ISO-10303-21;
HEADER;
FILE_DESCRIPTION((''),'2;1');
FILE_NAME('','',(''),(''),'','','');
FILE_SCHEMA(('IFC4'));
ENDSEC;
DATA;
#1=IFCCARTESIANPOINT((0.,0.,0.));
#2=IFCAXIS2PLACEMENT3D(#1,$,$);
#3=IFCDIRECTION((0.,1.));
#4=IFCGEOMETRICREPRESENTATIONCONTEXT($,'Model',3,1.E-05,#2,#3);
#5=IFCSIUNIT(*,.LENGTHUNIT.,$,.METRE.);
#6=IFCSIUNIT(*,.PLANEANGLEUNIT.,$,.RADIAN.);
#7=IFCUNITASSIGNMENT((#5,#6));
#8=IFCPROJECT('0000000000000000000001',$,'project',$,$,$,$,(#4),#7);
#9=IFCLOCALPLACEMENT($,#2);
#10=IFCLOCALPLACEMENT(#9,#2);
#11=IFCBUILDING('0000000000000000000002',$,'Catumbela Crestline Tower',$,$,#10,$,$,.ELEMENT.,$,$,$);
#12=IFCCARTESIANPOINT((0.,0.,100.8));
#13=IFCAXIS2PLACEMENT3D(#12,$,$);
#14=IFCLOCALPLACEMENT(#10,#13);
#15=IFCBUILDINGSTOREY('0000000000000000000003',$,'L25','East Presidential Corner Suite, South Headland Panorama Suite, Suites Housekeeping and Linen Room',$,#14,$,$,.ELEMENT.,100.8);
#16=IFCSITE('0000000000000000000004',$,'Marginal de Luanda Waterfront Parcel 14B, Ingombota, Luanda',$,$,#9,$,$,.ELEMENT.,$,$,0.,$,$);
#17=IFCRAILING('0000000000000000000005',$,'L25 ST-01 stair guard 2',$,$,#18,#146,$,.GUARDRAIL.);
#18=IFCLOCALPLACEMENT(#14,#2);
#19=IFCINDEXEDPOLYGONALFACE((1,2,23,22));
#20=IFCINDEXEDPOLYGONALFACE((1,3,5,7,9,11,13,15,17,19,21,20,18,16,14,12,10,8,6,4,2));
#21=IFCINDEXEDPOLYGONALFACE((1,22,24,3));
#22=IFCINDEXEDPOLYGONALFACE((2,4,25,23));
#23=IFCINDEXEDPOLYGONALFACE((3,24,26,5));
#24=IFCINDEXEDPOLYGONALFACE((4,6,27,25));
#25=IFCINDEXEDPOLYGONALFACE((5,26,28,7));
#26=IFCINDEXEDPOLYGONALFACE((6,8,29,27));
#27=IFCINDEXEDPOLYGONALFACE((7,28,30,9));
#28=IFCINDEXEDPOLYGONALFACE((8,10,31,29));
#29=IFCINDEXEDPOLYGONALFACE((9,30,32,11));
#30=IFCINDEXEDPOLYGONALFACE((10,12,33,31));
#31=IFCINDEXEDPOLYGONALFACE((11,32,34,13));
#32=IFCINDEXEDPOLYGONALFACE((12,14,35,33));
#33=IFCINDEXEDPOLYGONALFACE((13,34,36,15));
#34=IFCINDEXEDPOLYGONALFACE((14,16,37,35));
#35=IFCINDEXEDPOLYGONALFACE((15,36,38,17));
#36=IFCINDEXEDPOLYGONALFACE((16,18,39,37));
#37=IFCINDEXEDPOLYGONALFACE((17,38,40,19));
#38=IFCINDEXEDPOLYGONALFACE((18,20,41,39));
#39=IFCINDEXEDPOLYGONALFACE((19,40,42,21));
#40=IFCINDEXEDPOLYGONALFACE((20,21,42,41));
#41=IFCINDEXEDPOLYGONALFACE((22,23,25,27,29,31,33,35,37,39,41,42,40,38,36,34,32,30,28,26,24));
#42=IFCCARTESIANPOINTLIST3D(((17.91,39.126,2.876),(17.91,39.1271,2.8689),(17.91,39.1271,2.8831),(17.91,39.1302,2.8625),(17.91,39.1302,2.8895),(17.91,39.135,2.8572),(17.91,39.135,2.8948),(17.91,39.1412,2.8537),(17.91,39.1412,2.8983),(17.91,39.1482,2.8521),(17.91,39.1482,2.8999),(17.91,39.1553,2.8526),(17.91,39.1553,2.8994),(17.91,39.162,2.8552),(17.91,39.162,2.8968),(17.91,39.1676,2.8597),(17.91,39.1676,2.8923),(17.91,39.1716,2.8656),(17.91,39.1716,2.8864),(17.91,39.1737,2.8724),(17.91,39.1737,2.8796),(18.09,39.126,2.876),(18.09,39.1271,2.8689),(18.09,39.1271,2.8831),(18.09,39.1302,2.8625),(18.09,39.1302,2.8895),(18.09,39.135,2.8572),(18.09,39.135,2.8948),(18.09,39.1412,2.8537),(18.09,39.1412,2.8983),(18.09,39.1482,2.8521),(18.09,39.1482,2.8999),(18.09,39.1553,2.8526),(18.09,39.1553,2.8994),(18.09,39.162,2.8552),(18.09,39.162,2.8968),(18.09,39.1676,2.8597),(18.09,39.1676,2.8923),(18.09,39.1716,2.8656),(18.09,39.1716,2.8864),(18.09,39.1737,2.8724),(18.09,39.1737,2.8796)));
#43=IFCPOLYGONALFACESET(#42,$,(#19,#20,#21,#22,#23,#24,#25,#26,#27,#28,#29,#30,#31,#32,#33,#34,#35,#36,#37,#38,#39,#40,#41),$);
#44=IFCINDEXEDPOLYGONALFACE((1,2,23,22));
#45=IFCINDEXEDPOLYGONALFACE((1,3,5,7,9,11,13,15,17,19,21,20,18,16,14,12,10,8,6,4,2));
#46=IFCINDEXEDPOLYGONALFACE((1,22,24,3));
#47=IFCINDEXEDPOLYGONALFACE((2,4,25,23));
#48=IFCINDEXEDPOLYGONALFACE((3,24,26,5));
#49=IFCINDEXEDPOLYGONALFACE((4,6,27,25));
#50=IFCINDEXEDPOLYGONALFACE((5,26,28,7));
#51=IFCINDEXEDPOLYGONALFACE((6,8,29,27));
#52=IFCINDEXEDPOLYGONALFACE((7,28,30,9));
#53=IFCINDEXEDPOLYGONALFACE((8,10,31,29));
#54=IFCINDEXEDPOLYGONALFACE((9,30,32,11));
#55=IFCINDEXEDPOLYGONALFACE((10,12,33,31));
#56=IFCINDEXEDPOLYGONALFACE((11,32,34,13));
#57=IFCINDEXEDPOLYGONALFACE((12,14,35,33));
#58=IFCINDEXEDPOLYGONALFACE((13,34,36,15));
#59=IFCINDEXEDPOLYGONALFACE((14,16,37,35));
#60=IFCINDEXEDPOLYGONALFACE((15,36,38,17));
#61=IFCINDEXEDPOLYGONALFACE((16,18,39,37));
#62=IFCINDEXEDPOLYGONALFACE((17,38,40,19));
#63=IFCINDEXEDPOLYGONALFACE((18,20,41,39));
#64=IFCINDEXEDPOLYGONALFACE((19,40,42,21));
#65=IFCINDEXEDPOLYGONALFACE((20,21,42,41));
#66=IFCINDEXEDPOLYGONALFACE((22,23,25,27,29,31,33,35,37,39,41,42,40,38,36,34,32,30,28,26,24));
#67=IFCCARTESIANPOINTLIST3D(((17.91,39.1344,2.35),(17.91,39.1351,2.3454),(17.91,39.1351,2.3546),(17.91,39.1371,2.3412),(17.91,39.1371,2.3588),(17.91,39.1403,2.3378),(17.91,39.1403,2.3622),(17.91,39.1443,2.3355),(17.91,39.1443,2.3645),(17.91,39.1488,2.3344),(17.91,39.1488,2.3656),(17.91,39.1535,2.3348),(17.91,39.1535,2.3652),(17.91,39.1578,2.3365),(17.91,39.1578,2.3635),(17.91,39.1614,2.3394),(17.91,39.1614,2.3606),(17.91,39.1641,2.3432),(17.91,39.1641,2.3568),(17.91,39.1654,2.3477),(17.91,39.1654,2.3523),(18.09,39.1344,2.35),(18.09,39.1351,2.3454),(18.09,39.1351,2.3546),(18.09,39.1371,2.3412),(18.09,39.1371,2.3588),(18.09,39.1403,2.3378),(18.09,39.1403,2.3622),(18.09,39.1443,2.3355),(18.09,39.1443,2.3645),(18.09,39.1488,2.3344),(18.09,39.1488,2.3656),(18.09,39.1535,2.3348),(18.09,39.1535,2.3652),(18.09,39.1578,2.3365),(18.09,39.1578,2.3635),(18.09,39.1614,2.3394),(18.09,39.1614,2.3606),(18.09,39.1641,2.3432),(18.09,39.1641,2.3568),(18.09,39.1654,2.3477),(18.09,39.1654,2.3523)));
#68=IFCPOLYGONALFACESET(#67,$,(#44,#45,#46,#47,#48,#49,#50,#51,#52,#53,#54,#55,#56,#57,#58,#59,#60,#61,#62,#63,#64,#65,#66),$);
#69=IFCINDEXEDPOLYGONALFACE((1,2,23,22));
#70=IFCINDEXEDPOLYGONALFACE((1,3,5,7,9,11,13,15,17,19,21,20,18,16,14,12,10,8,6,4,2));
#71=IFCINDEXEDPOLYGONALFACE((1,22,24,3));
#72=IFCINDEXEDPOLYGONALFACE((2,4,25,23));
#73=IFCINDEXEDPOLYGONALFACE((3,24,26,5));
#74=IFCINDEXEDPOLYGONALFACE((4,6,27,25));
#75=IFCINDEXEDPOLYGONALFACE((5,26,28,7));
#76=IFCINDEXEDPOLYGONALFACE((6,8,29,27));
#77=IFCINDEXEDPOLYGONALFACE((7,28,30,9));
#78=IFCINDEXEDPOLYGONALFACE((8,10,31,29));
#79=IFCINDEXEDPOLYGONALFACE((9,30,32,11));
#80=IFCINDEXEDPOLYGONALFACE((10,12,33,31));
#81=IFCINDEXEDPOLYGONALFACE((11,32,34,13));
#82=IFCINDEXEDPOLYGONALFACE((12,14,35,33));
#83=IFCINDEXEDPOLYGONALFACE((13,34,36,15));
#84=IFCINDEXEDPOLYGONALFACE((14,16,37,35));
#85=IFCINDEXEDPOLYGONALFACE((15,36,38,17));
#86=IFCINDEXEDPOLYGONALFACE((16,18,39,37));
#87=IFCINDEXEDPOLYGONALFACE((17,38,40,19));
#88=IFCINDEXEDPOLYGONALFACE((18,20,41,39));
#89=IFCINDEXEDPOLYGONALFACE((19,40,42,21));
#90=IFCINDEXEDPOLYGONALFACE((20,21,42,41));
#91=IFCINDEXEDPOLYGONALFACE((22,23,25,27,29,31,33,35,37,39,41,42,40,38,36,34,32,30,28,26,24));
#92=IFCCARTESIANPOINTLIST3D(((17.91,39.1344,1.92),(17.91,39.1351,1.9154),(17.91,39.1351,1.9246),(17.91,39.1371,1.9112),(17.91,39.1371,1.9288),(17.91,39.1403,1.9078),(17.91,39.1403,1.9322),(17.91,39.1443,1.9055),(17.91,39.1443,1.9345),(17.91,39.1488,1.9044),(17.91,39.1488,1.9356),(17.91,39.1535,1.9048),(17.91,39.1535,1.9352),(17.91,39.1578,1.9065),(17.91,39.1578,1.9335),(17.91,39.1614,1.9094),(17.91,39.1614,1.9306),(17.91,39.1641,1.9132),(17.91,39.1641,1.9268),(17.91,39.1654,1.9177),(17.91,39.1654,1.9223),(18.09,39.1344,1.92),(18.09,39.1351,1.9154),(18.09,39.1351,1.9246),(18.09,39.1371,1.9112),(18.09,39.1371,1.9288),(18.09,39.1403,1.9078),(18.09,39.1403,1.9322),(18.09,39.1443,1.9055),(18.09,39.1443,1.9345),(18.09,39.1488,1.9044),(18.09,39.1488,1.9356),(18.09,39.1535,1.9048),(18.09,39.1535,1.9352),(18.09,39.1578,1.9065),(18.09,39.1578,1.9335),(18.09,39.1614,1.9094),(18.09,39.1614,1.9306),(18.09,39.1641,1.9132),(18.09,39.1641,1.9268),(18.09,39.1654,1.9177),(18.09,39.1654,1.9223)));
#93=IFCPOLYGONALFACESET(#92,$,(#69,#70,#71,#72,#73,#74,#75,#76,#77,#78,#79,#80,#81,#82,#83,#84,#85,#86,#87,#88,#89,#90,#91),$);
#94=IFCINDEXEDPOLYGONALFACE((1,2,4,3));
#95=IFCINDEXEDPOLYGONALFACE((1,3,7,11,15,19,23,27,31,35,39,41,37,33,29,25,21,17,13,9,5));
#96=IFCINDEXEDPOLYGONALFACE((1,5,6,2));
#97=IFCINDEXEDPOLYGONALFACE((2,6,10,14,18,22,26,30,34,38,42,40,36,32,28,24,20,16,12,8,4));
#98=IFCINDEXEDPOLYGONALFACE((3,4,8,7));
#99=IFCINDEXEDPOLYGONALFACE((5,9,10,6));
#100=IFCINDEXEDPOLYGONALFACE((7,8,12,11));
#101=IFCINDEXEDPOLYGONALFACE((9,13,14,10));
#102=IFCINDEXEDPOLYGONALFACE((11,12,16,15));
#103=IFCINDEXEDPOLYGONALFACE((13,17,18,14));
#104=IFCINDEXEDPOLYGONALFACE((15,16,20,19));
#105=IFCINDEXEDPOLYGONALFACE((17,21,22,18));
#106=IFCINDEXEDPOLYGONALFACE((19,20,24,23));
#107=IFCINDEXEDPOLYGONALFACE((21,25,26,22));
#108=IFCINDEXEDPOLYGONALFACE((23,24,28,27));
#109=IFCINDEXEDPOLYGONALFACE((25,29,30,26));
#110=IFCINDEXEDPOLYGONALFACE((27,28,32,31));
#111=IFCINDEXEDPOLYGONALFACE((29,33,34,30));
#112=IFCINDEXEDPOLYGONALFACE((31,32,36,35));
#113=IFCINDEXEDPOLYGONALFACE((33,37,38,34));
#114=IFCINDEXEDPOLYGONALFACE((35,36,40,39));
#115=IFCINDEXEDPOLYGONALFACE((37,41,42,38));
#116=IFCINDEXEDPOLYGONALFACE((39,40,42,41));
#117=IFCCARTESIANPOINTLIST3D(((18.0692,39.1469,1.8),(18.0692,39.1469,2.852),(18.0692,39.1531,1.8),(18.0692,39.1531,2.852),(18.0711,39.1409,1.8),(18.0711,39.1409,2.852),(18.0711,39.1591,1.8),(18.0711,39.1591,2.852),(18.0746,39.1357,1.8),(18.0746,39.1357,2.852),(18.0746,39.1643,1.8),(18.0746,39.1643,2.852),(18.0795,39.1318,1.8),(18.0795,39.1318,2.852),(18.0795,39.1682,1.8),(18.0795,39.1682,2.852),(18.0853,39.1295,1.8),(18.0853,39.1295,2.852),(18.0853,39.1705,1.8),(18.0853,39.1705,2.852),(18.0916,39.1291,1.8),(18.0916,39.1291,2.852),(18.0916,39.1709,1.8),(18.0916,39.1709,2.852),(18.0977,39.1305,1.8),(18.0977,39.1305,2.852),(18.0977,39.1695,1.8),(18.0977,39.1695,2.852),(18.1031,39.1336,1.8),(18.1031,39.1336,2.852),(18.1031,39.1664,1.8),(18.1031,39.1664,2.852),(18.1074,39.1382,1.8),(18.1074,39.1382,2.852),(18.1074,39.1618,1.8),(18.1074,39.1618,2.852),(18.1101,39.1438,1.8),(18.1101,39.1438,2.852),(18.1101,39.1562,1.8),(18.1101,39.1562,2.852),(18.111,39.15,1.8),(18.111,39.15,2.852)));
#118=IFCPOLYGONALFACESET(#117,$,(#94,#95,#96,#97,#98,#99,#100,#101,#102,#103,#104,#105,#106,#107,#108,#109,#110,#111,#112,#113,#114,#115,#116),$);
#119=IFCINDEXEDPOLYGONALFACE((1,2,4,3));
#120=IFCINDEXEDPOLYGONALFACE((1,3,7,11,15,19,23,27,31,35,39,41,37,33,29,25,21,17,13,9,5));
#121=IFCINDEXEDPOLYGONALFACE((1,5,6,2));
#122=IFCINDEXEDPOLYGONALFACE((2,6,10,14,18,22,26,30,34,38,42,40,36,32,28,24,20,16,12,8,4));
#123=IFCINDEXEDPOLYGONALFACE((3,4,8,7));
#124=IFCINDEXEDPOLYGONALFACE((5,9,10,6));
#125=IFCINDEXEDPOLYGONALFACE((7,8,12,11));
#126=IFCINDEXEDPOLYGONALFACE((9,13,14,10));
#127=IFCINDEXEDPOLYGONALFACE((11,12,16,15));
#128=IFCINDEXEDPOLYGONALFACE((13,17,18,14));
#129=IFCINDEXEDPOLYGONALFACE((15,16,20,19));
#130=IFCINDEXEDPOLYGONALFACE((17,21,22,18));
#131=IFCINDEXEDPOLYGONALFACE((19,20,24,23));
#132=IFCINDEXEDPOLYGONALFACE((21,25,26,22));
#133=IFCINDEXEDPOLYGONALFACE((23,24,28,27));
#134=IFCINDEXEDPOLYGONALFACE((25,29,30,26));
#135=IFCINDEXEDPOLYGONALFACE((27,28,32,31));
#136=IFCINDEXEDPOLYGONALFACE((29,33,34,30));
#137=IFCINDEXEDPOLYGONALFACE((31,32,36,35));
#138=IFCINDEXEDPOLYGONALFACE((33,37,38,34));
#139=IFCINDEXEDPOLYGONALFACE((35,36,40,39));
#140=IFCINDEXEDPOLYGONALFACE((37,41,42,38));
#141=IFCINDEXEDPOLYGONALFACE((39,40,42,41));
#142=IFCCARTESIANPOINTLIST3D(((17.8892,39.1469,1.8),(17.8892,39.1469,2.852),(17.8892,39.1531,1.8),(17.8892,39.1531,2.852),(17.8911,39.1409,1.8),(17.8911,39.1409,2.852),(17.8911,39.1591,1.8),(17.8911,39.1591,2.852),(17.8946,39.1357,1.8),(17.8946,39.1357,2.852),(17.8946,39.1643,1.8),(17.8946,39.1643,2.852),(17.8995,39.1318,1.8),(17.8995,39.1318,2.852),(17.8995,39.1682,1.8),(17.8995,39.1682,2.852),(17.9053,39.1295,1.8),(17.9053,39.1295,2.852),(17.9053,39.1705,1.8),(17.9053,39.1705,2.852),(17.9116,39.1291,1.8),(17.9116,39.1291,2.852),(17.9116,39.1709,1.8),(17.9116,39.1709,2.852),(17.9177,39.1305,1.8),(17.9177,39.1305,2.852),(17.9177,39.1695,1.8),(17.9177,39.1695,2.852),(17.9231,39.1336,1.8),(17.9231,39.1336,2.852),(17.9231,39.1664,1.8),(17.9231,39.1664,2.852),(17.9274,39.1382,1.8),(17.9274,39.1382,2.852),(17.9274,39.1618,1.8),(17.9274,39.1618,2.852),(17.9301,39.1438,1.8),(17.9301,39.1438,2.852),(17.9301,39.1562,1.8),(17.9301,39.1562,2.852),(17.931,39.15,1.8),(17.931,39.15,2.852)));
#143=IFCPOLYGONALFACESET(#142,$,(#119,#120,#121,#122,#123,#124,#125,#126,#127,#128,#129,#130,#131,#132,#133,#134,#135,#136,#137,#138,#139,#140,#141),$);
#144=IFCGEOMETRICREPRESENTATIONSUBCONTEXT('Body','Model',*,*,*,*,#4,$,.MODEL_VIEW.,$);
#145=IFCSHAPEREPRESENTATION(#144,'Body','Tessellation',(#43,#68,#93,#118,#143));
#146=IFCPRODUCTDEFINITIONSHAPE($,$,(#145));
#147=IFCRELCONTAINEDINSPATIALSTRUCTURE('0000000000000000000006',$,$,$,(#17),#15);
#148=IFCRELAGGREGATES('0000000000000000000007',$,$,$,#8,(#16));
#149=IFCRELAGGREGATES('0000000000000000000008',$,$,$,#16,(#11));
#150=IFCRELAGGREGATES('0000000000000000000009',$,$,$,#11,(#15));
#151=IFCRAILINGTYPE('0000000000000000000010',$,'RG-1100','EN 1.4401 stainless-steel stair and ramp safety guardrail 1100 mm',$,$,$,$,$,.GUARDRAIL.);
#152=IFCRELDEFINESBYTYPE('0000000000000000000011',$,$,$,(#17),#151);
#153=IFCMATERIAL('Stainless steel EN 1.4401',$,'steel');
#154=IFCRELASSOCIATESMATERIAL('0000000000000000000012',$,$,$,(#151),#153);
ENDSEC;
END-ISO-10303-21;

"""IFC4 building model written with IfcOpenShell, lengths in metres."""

from ifc_helpers import new_model, si_unit, direction, frame, origin, origin_2d, place, context, subcontext, project, spatial, circle, extrude, material, type_object, element, save


model = new_model("IFC4")

# Units and contexts
model_context = context("Model", 3, precision=1e-05, world=origin(), true_north=direction((0.0, 1.0)))
body_context = subcontext(model_context, "Body", "Model", "MODEL_VIEW")
ifc_project = project(units=[si_unit("LENGTHUNIT", "METRE"), si_unit("PLANEANGLEUNIT", "RADIAN")], contexts=[model_context])

# Site, building, storey
site_placement = place(None, origin())
site = spatial("IfcSite", under=ifc_project, at=site_placement, Name="Marginal de Luanda Waterfront Parcel 14B, Ingombota, Luanda", CompositionType="ELEMENT", RefElevation=0.0)
building_placement = place(site_placement, origin())
building = spatial("IfcBuilding", under=site, at=building_placement, Name="Catumbela Crestline Tower", CompositionType="ELEMENT")
storey_placement = place(building_placement, frame((0.0, 0.0, 100.8)))
storey = spatial("IfcBuildingStorey", under=building, at=storey_placement, Name="L25", Description="East Presidential Corner Suite, South Headland Panorama Suite, Suites Housekeeping and Linen Room", CompositionType="ELEMENT", Elevation=100.8)

# Railing
ifc_material_1 = material(Name="Stainless steel EN 1.4401", Category="steel")
railing_type_1 = type_object("IfcRailingType", Name="RG-1100", Description="EN 1.4401 stainless-steel stair and ramp safety guardrail 1100 mm", PredefinedType="GUARDRAIL", material=ifc_material_1)
railing_1_placement = place(storey_placement, frame((18.09, 39.15, 1.8)))
element("IfcRailing", 1, at=railing_1_placement, inside=storey, type_object=railing_type_1, Name="L25 ST-01 stair guard 2", PredefinedType="GUARDRAIL", context=body_context, shape_type="SweptSolid", body=[
    extrude(circle(Radius=0.024, at=origin_2d()), frame((0.0, 0.0, 1.076), z_axis=(-1.0, 0.0, 0.0), x_axis=(0.0, -1.0, 0.0)), (0.0, 0.0, 1.0), 0.18),
    extrude(circle(Radius=0.0156, at=origin_2d()), frame((0.0, 0.0, 0.55), z_axis=(-1.0, 0.0, 0.0), x_axis=(0.0, -1.0, 0.0)), (0.0, 0.0, 1.0), 0.18),
    extrude(circle(Radius=0.0156, at=origin_2d()), frame((0.0, 0.0, 0.12), z_axis=(-1.0, 0.0, 0.0), x_axis=(0.0, -1.0, 0.0)), (0.0, 0.0, 1.0), 0.18),
    extrude(circle(Radius=0.021, at=origin_2d()), origin(), (0.0, 0.0, 1.0), 1.052),
    extrude(circle(Radius=0.021, at=origin_2d()), frame((-0.18, 0.0, 0.0)), (0.0, 0.0, 1.0), 1.052),
])

save(model, "model.ifc")
